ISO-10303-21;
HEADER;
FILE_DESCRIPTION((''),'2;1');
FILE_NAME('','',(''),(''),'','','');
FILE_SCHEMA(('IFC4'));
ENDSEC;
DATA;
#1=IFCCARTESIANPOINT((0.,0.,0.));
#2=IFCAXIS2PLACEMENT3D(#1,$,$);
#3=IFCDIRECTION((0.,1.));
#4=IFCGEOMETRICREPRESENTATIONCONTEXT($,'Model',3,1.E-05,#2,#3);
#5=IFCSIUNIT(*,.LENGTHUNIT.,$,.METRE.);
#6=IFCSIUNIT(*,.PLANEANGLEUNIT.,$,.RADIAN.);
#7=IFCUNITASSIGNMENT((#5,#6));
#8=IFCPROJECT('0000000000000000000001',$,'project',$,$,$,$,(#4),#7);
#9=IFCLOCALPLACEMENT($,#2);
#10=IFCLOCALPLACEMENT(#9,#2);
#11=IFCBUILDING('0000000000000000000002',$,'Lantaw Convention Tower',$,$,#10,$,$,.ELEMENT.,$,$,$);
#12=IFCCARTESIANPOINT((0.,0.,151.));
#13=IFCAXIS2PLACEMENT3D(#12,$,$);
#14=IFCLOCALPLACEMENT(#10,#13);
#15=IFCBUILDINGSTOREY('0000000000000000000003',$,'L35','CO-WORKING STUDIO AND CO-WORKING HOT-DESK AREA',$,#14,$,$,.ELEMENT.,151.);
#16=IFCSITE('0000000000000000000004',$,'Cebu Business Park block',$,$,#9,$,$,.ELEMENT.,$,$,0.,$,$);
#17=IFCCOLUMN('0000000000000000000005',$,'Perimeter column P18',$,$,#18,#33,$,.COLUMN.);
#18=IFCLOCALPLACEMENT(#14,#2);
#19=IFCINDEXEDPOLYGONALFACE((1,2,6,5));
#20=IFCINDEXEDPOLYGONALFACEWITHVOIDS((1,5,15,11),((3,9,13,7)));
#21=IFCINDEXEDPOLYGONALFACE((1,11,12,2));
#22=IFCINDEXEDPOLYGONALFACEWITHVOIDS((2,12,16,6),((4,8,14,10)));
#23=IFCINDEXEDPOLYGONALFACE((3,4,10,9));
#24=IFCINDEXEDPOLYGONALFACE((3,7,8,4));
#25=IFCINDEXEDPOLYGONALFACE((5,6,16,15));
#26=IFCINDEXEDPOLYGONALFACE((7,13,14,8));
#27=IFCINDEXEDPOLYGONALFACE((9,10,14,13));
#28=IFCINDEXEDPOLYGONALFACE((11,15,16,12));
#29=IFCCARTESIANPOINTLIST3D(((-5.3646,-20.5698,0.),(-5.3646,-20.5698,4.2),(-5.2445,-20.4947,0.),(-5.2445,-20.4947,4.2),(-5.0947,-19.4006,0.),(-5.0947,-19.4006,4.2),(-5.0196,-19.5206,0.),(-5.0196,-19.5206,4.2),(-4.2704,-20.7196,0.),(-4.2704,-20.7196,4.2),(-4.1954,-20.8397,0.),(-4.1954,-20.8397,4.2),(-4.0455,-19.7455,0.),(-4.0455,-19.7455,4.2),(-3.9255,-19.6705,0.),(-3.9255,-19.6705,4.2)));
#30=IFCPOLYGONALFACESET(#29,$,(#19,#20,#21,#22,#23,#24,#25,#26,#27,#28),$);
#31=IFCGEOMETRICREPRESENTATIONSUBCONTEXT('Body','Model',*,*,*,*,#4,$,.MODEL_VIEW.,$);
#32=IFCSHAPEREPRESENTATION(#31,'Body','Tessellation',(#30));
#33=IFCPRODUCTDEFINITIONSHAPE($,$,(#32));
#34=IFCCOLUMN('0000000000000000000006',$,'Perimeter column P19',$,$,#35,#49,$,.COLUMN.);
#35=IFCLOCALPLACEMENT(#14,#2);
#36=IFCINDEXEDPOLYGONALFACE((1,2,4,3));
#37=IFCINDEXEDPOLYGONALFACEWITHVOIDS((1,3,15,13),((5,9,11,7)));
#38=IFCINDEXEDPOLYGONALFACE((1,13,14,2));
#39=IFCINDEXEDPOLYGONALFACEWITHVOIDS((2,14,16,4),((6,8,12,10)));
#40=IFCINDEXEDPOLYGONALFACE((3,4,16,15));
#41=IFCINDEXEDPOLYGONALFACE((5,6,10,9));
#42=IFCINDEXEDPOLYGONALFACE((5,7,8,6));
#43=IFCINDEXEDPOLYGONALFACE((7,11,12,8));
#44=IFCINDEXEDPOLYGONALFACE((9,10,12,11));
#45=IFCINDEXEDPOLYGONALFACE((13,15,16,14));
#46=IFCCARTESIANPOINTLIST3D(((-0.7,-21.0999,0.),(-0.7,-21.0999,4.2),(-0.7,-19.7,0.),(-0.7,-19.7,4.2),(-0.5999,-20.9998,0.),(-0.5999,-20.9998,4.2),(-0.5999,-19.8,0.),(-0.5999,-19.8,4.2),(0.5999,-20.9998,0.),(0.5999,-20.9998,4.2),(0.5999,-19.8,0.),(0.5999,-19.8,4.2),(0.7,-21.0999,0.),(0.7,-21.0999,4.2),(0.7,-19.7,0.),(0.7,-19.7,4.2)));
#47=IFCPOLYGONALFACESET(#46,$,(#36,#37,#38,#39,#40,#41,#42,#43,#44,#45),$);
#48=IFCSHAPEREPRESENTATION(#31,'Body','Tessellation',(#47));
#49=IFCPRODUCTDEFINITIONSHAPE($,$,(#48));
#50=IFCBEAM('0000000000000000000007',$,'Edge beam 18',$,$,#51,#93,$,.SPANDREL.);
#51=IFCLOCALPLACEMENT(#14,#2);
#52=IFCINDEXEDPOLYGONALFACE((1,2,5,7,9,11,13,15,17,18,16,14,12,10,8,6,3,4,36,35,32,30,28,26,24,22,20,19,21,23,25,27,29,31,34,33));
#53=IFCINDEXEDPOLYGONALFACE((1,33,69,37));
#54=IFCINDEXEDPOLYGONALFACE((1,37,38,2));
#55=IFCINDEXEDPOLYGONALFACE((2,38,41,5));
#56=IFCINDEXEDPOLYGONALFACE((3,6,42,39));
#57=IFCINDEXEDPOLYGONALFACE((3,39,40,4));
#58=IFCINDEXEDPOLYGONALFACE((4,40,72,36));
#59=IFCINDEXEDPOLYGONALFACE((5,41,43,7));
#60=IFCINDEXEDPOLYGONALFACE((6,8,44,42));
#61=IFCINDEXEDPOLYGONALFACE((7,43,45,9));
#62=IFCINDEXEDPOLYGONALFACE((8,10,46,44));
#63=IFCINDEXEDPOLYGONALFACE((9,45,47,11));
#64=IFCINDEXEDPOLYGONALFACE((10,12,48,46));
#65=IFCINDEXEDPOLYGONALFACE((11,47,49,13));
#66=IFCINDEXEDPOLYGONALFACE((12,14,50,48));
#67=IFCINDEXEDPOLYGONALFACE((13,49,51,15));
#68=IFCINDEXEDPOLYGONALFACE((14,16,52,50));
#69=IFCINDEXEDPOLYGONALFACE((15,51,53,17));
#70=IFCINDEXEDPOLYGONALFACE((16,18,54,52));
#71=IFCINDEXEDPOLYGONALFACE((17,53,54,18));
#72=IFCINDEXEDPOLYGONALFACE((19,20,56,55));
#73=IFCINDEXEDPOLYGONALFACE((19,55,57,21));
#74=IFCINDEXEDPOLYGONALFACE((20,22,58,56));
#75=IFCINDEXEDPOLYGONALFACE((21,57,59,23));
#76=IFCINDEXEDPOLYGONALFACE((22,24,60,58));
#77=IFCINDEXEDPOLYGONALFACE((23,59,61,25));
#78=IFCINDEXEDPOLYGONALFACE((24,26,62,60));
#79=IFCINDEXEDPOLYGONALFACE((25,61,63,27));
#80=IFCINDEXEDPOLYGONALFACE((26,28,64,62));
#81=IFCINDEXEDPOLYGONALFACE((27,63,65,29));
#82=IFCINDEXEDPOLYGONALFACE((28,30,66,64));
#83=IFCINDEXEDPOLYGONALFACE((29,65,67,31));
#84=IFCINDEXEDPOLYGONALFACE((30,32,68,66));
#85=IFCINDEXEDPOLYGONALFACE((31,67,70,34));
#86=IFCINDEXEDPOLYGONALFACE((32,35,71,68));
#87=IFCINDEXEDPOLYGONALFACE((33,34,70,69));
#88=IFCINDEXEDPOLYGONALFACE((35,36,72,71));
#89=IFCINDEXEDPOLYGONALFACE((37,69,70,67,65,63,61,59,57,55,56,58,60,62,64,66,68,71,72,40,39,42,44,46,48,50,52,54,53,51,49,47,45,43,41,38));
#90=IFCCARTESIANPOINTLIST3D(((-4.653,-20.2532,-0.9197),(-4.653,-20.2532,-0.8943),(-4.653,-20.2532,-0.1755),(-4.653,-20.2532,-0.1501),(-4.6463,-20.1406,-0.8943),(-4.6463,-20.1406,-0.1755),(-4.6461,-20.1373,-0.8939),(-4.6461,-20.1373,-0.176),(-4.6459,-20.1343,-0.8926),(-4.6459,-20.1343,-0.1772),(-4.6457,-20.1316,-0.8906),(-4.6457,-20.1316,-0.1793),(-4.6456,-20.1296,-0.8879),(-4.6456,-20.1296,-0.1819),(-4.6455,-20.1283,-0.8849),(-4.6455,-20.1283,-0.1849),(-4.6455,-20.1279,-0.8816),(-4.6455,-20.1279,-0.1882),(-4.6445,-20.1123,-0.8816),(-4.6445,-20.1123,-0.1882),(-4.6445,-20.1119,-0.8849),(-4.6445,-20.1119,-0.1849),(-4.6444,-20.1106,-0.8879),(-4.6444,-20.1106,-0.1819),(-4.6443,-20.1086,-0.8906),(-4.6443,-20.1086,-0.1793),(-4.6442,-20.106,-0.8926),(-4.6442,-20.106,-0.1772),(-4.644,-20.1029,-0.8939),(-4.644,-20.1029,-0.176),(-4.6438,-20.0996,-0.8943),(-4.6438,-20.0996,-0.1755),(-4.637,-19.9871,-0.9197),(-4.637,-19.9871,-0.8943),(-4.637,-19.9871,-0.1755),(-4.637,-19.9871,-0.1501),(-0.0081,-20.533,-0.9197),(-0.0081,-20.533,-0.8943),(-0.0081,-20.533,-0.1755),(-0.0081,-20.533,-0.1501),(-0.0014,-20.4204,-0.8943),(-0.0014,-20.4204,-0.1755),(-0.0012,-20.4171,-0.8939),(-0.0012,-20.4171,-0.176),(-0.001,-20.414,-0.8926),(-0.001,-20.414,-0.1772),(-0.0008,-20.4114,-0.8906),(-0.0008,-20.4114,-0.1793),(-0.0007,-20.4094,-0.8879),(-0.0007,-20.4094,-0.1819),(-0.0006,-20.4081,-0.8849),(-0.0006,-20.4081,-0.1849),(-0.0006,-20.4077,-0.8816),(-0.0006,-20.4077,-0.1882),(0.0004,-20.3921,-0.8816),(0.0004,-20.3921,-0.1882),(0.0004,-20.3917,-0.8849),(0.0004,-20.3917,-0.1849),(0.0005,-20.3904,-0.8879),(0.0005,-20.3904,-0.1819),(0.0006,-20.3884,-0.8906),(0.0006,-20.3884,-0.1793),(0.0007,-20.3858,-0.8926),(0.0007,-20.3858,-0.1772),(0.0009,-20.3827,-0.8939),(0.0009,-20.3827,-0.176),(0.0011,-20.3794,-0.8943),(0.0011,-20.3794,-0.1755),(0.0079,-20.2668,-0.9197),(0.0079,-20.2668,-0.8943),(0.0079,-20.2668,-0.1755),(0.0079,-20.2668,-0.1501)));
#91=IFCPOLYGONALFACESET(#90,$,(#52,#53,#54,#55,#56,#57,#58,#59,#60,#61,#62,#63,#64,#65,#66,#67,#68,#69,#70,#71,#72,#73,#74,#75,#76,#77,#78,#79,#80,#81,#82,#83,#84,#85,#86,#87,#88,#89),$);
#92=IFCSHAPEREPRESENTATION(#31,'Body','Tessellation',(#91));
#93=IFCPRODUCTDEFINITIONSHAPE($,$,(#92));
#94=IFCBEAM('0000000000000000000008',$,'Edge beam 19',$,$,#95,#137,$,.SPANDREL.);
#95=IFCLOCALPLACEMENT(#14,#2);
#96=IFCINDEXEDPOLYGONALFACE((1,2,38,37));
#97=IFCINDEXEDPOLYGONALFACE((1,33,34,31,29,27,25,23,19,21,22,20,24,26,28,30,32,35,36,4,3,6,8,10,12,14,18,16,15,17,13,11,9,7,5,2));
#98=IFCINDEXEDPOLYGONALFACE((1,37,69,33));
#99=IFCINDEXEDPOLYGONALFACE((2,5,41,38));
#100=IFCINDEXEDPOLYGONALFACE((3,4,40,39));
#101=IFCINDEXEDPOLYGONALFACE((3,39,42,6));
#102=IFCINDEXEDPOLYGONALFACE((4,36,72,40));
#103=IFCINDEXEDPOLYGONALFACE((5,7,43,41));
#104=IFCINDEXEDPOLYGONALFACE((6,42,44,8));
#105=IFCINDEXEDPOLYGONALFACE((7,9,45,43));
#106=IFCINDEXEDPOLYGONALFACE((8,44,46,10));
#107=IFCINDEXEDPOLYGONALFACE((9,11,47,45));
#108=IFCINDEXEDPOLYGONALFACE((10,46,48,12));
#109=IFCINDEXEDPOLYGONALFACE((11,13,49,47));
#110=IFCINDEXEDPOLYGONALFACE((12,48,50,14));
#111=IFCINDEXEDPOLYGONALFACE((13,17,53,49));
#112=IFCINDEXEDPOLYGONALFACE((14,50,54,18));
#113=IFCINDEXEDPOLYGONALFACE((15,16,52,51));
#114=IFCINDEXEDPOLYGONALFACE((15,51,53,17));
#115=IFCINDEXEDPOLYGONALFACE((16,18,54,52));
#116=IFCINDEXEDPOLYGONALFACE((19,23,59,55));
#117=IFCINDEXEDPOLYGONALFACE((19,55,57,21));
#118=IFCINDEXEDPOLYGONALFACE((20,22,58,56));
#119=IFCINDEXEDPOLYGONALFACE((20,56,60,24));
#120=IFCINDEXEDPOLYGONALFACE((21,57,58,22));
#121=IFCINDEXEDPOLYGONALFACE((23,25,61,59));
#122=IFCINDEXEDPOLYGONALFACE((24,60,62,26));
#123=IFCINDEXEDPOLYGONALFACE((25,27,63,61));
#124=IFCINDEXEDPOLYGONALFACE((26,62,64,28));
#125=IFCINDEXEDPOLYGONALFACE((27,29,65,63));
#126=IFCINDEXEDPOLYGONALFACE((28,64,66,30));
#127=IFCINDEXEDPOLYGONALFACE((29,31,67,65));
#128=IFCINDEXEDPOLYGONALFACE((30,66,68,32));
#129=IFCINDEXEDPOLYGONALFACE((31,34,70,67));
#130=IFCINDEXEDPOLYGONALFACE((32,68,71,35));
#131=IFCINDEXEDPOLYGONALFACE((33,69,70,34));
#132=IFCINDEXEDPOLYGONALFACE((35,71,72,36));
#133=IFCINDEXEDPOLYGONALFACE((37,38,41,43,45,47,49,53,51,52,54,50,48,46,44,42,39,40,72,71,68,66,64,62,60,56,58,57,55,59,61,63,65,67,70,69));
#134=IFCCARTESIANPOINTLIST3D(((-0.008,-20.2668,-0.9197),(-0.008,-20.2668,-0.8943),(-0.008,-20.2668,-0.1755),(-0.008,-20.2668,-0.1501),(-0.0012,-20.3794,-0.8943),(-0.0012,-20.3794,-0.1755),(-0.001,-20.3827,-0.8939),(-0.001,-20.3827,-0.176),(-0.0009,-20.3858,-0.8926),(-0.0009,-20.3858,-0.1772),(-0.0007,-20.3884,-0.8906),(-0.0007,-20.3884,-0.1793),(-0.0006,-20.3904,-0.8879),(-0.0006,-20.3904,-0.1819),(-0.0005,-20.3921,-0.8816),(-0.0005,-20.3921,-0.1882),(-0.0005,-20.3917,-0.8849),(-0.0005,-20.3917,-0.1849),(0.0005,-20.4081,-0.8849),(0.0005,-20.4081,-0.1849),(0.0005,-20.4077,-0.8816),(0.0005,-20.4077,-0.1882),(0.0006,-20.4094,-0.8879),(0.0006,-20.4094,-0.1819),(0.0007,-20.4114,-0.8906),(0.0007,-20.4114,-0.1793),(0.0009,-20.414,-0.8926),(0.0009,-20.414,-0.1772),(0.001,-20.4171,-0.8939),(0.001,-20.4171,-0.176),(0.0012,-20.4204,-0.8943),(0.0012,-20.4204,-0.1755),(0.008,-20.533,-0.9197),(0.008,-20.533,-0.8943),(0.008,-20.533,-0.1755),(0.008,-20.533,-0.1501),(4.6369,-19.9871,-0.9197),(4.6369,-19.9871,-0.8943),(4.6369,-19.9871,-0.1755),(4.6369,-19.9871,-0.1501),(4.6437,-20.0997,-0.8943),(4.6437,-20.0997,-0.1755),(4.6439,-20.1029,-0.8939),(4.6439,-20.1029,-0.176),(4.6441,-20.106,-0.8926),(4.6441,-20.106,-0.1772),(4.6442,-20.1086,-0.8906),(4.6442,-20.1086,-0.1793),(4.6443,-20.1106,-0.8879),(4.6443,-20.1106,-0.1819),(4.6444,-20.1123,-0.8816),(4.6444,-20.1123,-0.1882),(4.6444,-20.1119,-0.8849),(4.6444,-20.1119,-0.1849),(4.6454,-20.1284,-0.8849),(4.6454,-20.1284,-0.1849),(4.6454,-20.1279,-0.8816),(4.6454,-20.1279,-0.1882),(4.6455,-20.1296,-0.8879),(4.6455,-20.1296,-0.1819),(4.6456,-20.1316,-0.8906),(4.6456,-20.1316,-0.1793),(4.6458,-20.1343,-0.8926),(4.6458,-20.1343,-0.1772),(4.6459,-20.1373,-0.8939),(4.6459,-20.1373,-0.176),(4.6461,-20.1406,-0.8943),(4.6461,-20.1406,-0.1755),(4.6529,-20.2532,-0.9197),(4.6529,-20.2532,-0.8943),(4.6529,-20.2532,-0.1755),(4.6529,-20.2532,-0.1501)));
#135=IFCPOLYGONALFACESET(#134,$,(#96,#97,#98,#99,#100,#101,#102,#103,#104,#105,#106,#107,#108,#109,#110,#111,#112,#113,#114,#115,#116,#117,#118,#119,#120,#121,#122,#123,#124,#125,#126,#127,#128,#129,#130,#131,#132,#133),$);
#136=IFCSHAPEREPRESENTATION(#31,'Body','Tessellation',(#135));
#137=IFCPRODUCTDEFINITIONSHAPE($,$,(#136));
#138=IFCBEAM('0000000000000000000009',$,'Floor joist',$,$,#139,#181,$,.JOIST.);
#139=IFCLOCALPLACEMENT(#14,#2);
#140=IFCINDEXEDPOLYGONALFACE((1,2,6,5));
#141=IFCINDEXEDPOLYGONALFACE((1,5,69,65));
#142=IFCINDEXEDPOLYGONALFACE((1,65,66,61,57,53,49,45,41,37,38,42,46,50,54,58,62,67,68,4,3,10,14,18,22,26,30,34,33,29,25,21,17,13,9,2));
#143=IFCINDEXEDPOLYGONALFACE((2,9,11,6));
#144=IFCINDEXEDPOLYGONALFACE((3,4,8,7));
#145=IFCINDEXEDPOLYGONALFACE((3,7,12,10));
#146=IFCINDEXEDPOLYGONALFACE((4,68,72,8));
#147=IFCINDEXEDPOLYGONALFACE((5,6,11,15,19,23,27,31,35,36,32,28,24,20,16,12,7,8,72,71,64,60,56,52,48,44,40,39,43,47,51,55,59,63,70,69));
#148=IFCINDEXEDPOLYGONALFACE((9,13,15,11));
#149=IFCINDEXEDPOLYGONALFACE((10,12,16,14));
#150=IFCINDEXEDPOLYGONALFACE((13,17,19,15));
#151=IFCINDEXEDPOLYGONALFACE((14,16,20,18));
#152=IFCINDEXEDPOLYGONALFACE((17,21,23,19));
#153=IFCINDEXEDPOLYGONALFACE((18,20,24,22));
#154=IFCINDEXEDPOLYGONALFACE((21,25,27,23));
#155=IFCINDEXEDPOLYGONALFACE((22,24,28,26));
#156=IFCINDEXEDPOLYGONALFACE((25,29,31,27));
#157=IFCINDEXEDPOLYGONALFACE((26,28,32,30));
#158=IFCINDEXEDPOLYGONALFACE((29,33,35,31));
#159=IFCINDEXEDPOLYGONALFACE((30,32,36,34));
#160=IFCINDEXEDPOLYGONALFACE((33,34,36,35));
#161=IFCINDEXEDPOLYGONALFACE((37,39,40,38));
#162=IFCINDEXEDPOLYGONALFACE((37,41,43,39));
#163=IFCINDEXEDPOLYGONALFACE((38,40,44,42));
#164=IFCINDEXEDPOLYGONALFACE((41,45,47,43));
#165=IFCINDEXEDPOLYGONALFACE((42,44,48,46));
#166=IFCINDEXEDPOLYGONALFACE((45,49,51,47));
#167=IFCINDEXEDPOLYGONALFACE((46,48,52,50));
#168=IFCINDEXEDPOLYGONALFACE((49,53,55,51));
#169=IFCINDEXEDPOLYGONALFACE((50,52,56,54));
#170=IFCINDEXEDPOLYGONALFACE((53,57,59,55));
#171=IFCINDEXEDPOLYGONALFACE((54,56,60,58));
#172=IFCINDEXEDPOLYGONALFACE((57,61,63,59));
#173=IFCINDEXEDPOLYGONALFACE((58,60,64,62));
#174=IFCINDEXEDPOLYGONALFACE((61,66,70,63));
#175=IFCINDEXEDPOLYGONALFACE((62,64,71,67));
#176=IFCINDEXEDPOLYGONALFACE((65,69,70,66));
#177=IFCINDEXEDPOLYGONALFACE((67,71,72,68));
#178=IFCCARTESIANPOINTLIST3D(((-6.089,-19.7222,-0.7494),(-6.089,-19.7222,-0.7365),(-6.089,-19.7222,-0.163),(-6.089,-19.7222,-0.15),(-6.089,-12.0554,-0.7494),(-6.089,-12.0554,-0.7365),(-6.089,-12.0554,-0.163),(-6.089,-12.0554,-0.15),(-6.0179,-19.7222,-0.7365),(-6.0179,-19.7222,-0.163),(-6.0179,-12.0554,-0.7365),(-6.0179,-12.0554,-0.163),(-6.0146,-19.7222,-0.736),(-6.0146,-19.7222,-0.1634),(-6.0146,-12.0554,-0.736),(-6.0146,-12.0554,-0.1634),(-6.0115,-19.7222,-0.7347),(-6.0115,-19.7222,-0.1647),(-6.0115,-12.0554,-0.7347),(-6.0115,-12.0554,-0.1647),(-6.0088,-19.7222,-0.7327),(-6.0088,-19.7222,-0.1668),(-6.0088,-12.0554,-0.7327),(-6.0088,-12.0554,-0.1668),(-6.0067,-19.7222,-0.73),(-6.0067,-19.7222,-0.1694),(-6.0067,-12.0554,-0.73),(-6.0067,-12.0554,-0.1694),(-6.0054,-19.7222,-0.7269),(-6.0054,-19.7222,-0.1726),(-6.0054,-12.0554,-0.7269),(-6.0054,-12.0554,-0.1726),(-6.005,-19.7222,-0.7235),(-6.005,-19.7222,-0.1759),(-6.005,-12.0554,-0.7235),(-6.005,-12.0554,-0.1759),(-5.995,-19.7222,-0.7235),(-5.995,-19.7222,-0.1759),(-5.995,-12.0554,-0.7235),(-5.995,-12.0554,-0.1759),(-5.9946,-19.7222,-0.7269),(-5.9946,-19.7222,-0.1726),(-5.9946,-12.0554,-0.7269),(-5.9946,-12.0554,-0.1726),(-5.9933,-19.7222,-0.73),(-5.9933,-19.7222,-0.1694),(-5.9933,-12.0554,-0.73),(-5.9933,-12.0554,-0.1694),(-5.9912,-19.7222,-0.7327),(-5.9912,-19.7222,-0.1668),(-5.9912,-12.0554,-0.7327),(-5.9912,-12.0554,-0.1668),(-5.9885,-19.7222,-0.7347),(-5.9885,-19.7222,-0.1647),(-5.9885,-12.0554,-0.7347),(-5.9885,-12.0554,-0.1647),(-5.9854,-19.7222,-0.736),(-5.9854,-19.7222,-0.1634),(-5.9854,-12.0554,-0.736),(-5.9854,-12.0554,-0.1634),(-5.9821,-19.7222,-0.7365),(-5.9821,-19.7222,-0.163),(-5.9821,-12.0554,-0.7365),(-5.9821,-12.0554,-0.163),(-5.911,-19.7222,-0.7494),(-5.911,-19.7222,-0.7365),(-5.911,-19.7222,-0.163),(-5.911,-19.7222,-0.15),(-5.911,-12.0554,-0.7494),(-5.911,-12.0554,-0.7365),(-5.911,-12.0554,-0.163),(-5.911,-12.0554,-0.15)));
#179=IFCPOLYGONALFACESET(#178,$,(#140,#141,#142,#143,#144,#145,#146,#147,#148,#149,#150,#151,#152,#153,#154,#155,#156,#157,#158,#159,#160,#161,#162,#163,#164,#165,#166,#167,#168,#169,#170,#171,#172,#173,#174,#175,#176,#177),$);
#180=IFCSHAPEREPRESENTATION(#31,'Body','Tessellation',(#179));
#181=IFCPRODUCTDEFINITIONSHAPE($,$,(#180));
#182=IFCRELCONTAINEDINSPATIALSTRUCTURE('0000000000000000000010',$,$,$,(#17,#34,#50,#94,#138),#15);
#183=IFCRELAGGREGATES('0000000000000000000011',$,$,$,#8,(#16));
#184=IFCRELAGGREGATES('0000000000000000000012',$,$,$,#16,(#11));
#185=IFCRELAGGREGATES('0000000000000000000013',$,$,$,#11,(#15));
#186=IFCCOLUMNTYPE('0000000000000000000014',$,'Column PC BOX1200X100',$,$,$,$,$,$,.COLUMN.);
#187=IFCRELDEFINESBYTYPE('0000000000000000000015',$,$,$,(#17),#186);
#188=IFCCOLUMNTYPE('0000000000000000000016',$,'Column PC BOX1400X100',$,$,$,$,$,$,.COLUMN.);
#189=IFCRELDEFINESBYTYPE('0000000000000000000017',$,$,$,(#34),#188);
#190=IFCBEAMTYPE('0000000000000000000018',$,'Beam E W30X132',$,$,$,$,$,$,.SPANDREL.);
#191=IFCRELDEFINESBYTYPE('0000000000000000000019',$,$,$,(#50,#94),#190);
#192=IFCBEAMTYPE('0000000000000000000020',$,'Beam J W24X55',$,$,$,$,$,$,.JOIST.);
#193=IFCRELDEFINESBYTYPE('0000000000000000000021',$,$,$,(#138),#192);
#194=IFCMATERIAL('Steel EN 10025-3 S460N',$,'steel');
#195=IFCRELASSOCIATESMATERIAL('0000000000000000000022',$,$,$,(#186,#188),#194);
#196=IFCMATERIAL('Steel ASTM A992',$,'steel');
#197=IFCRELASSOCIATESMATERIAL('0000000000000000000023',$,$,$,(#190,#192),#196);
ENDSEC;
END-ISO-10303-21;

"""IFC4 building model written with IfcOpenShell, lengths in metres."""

from ifc_helpers import new_model, si_unit, direction, frame, origin, origin_2d, place, context, subcontext, project, spatial, rectangle, hollow_rectangle, i_section, extrude, material, material_profile, profile_set, type_object, element, save


model = new_model("IFC4")

# Units and contexts
model_context = context("Model", 3, precision=1e-05, world=origin(), true_north=direction((0.0, 1.0)))
body_context = subcontext(model_context, "Body", "Model", "MODEL_VIEW")
ifc_project = project(units=[si_unit("LENGTHUNIT", "METRE"), si_unit("PLANEANGLEUNIT", "RADIAN")], contexts=[model_context])

# Site, building, storey
site_placement = place(None, origin())
site = spatial("IfcSite", under=ifc_project, at=site_placement, Name="Cebu Business Park block", CompositionType="ELEMENT", RefElevation=0.0)
building_placement = place(site_placement, origin())
building = spatial("IfcBuilding", under=site, at=building_placement, Name="Lantaw Convention Tower", CompositionType="ELEMENT")
storey_placement = place(building_placement, frame((0.0, 0.0, 151.0)))
storey = spatial("IfcBuildingStorey", under=building, at=storey_placement, Name="L35", Description="CO-WORKING STUDIO AND CO-WORKING HOT-DESK AREA", CompositionType="ELEMENT", Elevation=151.0)

# Columns
ifc_material_1 = material(Name="Steel EN 10025-3 S460N", Category="steel")
ifc_material_profile_1 = material_profile(ifc_material_1, hollow_rectangle(XDim=1.2, YDim=1.2, WallThickness=0.1001, at=origin_2d()), Name="BOX1200X100")
ifc_material_2 = material(Name="Concrete C60/75", Category="concrete")
ifc_material_profile_2 = material_profile(ifc_material_2, rectangle(XDim=1.0, YDim=1.0, at=origin_2d()), Name="Concrete fill of BOX1200X100")
ifc_profile_set_1 = profile_set([ifc_material_profile_1, ifc_material_profile_2], Name="Steel EN 10025-3 S460N")
column_type_1 = type_object("IfcColumnType", Name="Column PC BOX1200X100", PredefinedType="COLUMN", material=ifc_profile_set_1)
column_1_placement = place(storey_placement, frame((-4.645, -20.1201, 0.0), z_axis=(0.0, 0.0, 1.0), x_axis=(0.224951, 0.97437, 0.0)))
element("IfcColumn", 1, at=column_1_placement, inside=storey, type_object=column_type_1, Name="Perimeter column P18", PredefinedType="COLUMN", context=body_context, shape_type="SweptSolid", body=[
    extrude(hollow_rectangle(XDim=1.2, YDim=1.2, WallThickness=0.1001, at=origin_2d()), origin(), (0.0, 0.0, 1.0), 4.2),
])
ifc_material_profile_3 = material_profile(ifc_material_1, hollow_rectangle(XDim=1.3999, YDim=1.3999, WallThickness=0.1001, at=origin_2d()), Name="BOX1400X100")
ifc_material_profile_4 = material_profile(ifc_material_2, rectangle(XDim=1.2, YDim=1.2, at=origin_2d()), Name="Concrete fill of BOX1400X100")
ifc_profile_set_2 = profile_set([ifc_material_profile_3, ifc_material_profile_4], Name="Steel EN 10025-3 S460N")
column_type_2 = type_object("IfcColumnType", Name="Column PC BOX1400X100", PredefinedType="COLUMN", material=ifc_profile_set_2)
column_2_placement = place(storey_placement, frame((0.0, -20.3999, 0.0), z_axis=(0.0, 0.0, 1.0), x_axis=(1.0, 0.0, 0.0)))
element("IfcColumn", 2, at=column_2_placement, inside=storey, type_object=column_type_2, Name="Perimeter column P19", PredefinedType="COLUMN", context=body_context, shape_type="SweptSolid", body=[
    extrude(hollow_rectangle(XDim=1.3999, YDim=1.3999, WallThickness=0.1001, at=origin_2d()), origin(), (0.0, 0.0, 1.0), 4.2),
])

# Beams
ifc_material_3 = material(Name="Steel ASTM A992", Category="steel")
ifc_material_profile_5 = material_profile(ifc_material_3, i_section(OverallWidth=0.2666, OverallDepth=0.7695, WebThickness=0.0156, FlangeThickness=0.0254, FilletRadius=0.0127, at=origin_2d()), Name="W30X132")
ifc_profile_set_3 = profile_set([ifc_material_profile_5], Name="Steel ASTM A992")
beam_type_1 = type_object("IfcBeamType", Name="Beam E W30X132", PredefinedType="SPANDREL", material=ifc_profile_set_3)
for number, where, z_axis, x_axis, name in (
    (3, (-4.645, -20.1201, -0.5349), (0.998191, -0.060124, 0.0), (0.060124, 0.998191, 0.0), "Edge beam 18"),
    (4, (0.0, -20.3999, -0.5349), (0.998191, 0.060124, 0.0), (-0.060124, 0.998191, 0.0), "Edge beam 19"),
):
    element("IfcBeam", number, at=place(storey_placement, frame(where, z_axis=z_axis, x_axis=x_axis)), inside=storey, type_object=beam_type_1, Name=name, PredefinedType="SPANDREL", context=body_context, shape_type="SweptSolid", body=[
        extrude(i_section(OverallWidth=0.2666, OverallDepth=0.7695, WebThickness=0.0156, FlangeThickness=0.0254, FilletRadius=0.0127, at=origin_2d()), origin(), (0.0, 0.0, 1.0), 4.6533),
    ])
ifc_material_profile_6 = material_profile(ifc_material_3, i_section(OverallWidth=0.178, OverallDepth=0.5994, WebThickness=0.01, FlangeThickness=0.0129, FilletRadius=0.0129, at=origin_2d()), Name="W24X55")
ifc_profile_set_4 = profile_set([ifc_material_profile_6], Name="Steel ASTM A992")
beam_type_2 = type_object("IfcBeamType", Name="Beam J W24X55", PredefinedType="JOIST", material=ifc_profile_set_4)
beam_1_placement = place(storey_placement, frame((-6.0, -19.7222, -0.4497), z_axis=(0.0, 1.0, 0.0), x_axis=(-1.0, 0.0, 0.0)))
element("IfcBeam", 5, at=beam_1_placement, inside=storey, type_object=beam_type_2, Name="Floor joist", PredefinedType="JOIST", context=body_context, shape_type="SweptSolid", body=[
    extrude(i_section(OverallWidth=0.178, OverallDepth=0.5994, WebThickness=0.01, FlangeThickness=0.0129, FilletRadius=0.0129, at=origin_2d()), origin(), (0.0, 0.0, 1.0), 7.6667),
])

save(model, "model.ifc")
